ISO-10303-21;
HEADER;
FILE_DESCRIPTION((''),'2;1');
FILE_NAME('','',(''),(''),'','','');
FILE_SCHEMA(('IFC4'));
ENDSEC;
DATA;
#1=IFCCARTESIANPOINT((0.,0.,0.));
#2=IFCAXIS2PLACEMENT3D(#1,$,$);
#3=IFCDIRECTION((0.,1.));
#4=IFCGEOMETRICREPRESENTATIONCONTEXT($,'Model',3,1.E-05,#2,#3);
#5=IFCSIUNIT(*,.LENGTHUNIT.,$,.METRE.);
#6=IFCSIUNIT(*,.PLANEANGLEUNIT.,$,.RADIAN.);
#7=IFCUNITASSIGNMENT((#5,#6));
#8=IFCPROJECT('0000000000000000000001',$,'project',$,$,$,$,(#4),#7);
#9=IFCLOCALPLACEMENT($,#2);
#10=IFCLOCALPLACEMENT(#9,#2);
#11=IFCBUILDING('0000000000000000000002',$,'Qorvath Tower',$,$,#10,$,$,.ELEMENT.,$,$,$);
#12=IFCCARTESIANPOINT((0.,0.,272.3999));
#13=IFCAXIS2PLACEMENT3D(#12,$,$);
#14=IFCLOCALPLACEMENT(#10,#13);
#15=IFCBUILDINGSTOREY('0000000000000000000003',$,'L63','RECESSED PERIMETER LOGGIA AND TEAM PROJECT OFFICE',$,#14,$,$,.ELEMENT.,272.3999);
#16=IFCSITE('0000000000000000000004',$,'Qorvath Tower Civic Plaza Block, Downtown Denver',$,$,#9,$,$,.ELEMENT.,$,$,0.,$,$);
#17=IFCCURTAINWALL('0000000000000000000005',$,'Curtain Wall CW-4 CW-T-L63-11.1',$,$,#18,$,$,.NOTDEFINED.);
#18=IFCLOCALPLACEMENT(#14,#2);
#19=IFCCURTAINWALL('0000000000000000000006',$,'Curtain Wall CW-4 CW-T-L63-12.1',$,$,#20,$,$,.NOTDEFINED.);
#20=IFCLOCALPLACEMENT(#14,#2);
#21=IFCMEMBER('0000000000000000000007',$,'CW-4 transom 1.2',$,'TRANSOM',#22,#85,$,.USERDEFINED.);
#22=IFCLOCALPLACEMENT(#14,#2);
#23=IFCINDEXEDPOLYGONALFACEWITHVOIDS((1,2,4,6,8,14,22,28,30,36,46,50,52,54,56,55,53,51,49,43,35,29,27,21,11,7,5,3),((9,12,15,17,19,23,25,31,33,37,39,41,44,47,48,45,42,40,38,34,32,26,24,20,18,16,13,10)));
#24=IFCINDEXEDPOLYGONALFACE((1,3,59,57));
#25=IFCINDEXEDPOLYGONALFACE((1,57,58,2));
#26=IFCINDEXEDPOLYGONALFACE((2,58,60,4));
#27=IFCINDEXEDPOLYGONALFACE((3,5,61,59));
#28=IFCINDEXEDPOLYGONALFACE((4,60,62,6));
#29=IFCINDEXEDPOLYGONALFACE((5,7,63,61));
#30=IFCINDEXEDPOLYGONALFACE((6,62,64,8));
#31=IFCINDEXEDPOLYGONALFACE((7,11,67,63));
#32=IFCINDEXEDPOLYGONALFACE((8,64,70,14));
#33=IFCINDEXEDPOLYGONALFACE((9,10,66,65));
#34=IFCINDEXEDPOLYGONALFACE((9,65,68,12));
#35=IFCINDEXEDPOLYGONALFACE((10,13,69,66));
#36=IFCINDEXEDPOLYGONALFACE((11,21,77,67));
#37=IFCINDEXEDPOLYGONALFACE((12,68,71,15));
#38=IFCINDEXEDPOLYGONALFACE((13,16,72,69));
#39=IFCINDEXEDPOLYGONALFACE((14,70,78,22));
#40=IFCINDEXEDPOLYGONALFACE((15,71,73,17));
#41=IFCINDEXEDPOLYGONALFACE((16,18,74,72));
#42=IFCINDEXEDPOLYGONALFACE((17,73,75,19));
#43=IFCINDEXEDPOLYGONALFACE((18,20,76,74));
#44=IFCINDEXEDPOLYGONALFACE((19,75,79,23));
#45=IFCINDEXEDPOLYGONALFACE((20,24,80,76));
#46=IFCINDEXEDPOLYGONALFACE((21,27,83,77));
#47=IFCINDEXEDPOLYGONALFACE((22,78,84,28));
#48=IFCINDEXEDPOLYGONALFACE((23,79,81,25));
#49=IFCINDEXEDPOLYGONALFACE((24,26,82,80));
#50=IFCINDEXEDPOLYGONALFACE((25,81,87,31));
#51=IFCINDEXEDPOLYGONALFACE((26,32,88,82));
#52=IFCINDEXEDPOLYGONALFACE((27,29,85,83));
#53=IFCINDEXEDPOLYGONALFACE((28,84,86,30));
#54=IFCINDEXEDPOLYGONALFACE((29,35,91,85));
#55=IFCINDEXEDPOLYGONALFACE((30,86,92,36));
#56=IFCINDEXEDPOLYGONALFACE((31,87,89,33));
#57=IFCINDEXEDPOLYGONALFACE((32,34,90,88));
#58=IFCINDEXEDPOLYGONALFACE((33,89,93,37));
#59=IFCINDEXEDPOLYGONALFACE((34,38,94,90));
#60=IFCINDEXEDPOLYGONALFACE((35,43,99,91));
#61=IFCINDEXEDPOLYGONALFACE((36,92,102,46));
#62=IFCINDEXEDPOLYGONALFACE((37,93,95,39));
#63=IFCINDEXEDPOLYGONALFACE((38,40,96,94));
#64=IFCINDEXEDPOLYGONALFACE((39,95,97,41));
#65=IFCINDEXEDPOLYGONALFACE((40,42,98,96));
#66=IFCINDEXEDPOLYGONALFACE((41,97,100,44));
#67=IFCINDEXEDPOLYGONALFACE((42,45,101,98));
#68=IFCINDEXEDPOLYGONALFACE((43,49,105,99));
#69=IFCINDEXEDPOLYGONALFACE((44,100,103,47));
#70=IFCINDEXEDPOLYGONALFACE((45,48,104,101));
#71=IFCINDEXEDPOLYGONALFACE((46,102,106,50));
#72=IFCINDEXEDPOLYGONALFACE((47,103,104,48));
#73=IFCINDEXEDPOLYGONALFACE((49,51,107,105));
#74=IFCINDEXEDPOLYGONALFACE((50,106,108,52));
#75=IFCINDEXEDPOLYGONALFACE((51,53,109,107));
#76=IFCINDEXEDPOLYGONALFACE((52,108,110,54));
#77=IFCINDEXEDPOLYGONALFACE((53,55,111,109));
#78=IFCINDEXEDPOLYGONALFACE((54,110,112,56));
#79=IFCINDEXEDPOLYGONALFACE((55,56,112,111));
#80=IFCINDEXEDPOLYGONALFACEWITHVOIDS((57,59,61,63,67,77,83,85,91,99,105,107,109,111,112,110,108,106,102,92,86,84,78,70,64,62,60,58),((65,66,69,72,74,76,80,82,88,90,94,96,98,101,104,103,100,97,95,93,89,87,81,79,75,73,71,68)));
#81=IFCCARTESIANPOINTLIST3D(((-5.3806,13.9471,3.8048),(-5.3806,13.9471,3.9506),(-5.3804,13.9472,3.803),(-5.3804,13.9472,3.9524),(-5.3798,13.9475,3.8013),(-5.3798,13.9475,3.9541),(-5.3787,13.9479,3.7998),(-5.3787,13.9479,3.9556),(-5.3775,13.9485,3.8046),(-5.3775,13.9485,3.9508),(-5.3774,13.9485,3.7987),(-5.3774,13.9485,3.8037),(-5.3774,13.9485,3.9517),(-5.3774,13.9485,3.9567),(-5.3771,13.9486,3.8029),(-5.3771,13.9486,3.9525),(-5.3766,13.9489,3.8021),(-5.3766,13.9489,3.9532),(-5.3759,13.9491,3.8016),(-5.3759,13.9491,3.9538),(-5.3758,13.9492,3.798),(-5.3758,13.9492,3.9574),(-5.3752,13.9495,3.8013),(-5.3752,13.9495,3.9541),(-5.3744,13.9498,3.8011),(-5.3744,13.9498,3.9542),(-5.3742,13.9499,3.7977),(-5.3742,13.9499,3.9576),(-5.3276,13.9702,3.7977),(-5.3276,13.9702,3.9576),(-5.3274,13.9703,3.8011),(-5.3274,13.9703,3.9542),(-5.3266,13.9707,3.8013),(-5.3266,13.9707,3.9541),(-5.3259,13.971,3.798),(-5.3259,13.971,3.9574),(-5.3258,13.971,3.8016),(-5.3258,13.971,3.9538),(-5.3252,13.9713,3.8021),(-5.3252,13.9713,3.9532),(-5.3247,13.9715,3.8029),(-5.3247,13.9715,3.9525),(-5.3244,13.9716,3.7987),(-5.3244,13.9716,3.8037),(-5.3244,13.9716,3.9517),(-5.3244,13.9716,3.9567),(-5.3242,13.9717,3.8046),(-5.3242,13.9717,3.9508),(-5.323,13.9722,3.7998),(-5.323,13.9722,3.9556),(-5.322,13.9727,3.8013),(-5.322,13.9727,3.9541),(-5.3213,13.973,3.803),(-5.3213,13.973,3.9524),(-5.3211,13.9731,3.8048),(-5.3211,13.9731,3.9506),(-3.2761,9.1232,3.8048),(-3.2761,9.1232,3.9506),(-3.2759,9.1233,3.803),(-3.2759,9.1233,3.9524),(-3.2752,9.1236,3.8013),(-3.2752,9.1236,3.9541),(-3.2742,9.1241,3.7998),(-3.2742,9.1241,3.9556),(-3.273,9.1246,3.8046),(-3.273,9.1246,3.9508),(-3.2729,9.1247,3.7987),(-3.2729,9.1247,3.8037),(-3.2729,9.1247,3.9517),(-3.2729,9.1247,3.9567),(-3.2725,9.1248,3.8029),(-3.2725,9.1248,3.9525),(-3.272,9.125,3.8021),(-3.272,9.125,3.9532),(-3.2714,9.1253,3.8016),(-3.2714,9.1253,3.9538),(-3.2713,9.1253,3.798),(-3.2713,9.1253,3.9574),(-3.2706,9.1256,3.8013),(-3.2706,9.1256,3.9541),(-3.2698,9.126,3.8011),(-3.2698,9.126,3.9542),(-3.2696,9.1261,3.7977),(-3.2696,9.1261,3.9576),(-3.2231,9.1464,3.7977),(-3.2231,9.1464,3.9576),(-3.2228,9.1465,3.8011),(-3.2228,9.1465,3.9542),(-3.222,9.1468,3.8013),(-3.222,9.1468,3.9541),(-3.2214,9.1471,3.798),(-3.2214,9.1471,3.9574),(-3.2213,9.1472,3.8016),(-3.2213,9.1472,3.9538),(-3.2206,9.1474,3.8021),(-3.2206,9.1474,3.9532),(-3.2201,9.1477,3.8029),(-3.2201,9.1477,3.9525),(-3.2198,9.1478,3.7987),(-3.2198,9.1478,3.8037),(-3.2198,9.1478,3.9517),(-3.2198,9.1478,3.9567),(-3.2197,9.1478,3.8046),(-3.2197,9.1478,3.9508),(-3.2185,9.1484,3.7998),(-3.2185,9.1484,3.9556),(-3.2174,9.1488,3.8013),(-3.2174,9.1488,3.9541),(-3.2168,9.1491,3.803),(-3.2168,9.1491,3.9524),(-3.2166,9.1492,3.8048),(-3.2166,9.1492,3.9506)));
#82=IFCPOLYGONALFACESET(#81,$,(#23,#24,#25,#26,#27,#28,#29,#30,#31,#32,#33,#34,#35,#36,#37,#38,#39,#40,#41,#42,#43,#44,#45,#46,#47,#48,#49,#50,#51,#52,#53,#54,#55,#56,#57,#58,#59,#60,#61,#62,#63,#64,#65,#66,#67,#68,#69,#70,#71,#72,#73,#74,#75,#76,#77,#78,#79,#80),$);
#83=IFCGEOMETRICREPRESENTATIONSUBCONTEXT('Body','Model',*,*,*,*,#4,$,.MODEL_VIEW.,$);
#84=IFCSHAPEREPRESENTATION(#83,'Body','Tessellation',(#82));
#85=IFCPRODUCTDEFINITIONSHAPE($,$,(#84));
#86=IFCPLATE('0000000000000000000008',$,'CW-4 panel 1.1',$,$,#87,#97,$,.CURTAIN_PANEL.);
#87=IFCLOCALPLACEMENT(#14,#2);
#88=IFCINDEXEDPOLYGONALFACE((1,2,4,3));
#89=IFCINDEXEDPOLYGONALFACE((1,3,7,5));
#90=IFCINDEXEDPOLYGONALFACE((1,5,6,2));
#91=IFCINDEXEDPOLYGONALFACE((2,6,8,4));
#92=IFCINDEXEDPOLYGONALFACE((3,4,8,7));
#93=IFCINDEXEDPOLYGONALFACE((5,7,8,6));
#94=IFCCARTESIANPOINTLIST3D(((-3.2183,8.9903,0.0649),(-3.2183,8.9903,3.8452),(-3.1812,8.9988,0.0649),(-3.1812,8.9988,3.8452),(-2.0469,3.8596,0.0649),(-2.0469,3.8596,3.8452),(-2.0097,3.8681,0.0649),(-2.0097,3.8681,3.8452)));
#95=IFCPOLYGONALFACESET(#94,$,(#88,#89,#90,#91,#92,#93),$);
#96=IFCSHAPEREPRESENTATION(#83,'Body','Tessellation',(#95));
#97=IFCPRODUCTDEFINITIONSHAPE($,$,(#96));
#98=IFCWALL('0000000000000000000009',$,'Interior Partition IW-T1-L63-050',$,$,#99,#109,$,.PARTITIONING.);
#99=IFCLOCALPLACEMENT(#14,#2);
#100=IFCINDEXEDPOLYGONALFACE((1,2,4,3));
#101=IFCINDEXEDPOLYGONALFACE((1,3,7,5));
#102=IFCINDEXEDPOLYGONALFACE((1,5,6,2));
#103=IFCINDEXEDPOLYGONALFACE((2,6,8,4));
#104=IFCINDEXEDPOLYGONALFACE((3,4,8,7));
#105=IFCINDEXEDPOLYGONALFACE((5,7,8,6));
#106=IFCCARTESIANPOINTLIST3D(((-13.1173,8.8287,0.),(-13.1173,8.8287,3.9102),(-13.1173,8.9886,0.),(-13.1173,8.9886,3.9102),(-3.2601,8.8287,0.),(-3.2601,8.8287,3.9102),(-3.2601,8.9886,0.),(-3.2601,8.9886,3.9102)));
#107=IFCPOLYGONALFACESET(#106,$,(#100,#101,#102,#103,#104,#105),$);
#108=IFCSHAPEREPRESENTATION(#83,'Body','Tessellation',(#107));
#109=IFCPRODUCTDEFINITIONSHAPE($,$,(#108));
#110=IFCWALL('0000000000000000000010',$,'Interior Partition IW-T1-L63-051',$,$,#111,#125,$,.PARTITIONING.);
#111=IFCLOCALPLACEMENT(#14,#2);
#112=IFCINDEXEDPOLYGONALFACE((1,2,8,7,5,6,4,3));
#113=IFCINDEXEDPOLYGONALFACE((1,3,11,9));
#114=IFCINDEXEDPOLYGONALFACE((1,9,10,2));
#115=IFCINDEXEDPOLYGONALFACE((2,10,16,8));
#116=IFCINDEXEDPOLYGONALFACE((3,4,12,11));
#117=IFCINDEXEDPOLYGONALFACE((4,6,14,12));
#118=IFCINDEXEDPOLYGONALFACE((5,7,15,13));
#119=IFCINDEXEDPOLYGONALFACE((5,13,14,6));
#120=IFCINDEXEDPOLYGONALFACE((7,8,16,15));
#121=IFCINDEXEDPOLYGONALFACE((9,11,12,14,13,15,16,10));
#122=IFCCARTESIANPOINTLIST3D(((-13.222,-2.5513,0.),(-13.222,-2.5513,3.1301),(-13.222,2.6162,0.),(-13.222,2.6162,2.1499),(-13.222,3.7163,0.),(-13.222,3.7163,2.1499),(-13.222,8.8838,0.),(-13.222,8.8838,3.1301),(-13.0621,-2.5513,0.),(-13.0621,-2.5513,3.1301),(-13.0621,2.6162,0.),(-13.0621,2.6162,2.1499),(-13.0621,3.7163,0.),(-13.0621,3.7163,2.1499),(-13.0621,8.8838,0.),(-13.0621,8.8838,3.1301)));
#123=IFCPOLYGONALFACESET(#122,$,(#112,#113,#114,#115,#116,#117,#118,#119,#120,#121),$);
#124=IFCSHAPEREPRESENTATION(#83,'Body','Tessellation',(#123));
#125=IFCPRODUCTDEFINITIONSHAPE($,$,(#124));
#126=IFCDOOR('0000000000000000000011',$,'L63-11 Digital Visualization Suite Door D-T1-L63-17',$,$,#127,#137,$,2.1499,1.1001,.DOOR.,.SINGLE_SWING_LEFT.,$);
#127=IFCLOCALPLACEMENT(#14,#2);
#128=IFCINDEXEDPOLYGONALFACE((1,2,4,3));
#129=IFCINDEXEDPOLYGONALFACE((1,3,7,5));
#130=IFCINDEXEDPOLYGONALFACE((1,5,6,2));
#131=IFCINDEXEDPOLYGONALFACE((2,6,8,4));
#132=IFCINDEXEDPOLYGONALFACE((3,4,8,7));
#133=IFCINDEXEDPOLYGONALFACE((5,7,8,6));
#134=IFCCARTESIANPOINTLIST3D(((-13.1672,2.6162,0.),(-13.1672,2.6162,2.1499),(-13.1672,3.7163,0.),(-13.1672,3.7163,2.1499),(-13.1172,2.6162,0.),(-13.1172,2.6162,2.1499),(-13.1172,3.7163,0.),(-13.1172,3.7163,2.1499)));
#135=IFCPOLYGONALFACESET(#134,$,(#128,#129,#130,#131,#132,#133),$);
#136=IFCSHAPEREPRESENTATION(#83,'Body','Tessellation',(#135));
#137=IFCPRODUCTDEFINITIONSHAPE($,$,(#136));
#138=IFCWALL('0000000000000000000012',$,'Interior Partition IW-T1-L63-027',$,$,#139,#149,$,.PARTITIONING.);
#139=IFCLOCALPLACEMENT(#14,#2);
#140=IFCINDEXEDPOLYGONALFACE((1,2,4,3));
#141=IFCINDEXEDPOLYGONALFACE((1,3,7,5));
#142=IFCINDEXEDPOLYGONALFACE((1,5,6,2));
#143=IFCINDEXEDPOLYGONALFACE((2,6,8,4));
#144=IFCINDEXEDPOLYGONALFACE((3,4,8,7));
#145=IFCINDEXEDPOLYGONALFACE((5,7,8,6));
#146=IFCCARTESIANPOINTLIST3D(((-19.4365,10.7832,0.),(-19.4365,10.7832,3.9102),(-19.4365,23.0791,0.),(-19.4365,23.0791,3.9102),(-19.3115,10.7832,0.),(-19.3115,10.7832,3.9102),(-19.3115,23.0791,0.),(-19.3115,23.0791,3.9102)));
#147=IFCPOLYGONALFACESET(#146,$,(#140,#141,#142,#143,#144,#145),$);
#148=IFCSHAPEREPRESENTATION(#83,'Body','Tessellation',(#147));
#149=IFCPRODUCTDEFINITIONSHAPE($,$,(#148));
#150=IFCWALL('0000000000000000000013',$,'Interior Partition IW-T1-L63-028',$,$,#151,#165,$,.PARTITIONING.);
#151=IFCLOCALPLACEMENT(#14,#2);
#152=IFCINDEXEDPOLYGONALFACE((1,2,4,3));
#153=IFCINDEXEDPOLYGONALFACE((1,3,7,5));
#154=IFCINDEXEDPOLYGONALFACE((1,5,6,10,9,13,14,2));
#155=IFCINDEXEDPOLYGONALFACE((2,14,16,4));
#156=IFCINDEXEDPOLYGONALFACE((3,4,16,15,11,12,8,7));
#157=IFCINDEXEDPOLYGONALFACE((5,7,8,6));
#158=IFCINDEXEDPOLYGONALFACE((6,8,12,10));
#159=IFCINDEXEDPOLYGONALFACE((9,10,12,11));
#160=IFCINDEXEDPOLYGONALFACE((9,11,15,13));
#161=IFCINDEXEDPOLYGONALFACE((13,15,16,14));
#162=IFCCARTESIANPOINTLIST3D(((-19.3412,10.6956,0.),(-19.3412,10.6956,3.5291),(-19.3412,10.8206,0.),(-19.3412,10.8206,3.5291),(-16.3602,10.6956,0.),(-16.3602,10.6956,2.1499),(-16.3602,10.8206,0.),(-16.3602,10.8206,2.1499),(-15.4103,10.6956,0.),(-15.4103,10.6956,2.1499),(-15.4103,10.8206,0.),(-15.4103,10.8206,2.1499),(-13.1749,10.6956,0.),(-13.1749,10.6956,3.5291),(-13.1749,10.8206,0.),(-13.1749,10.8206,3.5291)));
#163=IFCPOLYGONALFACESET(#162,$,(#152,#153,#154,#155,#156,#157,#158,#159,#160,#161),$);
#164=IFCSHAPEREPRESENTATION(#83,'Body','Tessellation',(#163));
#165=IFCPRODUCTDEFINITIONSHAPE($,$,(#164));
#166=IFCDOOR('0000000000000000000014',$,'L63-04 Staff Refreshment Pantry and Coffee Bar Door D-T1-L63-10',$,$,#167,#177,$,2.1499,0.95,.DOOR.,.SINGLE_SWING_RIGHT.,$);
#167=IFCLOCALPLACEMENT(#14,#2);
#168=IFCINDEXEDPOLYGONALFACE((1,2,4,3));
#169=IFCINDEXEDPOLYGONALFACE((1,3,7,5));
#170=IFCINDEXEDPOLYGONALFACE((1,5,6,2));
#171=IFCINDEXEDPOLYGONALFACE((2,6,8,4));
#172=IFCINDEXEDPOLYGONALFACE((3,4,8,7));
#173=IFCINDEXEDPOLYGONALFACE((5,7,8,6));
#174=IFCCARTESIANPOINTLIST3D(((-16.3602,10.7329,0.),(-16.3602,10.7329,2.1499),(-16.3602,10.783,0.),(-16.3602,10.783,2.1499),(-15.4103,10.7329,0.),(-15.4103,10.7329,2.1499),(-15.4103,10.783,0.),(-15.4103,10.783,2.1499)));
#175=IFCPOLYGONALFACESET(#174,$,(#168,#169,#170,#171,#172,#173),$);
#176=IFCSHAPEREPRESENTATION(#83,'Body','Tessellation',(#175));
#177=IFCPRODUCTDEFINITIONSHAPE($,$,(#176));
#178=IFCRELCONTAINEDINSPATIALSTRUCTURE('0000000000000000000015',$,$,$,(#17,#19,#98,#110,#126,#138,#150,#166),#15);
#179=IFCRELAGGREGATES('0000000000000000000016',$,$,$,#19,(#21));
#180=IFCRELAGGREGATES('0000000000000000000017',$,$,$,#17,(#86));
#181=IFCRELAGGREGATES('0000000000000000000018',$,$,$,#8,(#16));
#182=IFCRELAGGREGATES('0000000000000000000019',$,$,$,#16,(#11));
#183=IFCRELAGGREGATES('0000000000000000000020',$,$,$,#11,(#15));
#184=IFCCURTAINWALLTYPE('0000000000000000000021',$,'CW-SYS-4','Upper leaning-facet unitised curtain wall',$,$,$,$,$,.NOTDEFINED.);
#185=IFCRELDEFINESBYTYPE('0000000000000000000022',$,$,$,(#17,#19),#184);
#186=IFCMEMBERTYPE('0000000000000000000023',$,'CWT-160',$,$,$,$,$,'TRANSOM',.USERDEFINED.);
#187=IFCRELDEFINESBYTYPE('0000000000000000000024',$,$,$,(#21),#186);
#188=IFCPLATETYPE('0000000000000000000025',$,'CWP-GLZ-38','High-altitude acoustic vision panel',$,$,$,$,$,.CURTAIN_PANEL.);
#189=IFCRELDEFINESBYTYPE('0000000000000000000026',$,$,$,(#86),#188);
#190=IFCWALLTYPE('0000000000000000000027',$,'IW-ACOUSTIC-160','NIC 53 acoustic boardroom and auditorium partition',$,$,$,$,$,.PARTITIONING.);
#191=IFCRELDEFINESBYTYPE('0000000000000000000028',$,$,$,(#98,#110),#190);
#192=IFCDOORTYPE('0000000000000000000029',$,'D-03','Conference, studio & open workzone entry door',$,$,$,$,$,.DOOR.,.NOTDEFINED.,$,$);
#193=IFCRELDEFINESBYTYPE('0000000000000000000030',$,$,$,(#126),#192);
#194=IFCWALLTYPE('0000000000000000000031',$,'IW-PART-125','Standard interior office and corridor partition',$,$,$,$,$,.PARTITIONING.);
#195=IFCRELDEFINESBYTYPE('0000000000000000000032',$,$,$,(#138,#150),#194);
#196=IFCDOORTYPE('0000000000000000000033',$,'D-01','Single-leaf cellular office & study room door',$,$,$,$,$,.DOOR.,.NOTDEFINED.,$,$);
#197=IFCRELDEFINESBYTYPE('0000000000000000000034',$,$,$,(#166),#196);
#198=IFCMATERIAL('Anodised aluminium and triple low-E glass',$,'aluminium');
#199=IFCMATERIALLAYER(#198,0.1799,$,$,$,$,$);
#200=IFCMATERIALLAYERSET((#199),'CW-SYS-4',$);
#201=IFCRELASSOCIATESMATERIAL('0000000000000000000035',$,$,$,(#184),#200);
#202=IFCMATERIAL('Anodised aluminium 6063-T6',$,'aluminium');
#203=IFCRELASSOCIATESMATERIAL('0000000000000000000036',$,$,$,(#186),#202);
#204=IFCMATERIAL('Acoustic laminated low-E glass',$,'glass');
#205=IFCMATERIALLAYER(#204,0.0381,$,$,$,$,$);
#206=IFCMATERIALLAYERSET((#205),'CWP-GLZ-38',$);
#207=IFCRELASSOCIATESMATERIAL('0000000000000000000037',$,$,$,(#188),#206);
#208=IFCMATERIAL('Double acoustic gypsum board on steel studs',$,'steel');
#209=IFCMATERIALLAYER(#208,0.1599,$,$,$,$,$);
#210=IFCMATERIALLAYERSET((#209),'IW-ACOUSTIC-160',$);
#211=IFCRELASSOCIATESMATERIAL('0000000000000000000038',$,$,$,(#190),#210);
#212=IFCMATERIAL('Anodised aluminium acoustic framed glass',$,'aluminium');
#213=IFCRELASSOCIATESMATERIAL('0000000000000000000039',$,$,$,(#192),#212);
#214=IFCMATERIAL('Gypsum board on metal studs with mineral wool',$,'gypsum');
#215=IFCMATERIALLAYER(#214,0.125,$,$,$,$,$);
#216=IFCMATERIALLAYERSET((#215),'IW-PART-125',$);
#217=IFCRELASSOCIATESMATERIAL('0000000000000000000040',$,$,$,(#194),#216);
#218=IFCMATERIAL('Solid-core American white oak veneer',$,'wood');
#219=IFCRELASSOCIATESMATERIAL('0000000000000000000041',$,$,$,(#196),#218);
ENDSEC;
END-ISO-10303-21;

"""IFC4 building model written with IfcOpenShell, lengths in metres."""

from ifc_helpers import new_model, si_unit, direction, frame, frame_2d, origin, origin_2d, place, context, subcontext, project, spatial, rectangle, hollow_rectangle, extrude, material, layer, layer_set, material_profile, profile_set, type_object, element, fill, aggregate, save


model = new_model("IFC4")

# Units and contexts
model_context = context("Model", 3, precision=1e-05, world=origin(), true_north=direction((0.0, 1.0)))
body_context = subcontext(model_context, "Body", "Model", "MODEL_VIEW")
ifc_project = project(units=[si_unit("LENGTHUNIT", "METRE"), si_unit("PLANEANGLEUNIT", "RADIAN")], contexts=[model_context])

# Site, building, storey
site_placement = place(None, origin())
site = spatial("IfcSite", under=ifc_project, at=site_placement, Name="Qorvath Tower Civic Plaza Block, Downtown Denver", CompositionType="ELEMENT", RefElevation=0.0)
building_placement = place(site_placement, origin())
building = spatial("IfcBuilding", under=site, at=building_placement, Name="Qorvath Tower", CompositionType="ELEMENT")
storey_placement = place(building_placement, frame((0.0, 0.0, 272.3999)))
storey = spatial("IfcBuildingStorey", under=building, at=storey_placement, Name="L63", Description="RECESSED PERIMETER LOGGIA AND TEAM PROJECT OFFICE", CompositionType="ELEMENT", Elevation=272.3999)

# Shared definitions
ifc_material_1 = material(Name="Anodised aluminium and triple low-E glass", Category="aluminium")
ifc_layer_1 = layer(ifc_material_1, 0.1799)
ifc_layer_set_1 = layer_set([ifc_layer_1], Name="CW-SYS-4")
curtain_wall_type = type_object("IfcCurtainWallType", Name="CW-SYS-4", Description="Upper leaning-facet unitised curtain wall", PredefinedType="NOTDEFINED", material=ifc_layer_set_1)

# Curtain wall
curtain_wall_1_placement = place(storey_placement, origin())
curtain_wall_1 = element("IfcCurtainWall", 1, at=curtain_wall_1_placement, inside=storey, type_object=curtain_wall_type, Name="Curtain Wall CW-4 CW-T-L63-11.1", PredefinedType="NOTDEFINED")

# Curtain wall
curtain_wall_2_placement = place(storey_placement, origin())
curtain_wall_2 = element("IfcCurtainWall", 2, at=curtain_wall_2_placement, inside=storey, type_object=curtain_wall_type, Name="Curtain Wall CW-4 CW-T-L63-12.1", PredefinedType="NOTDEFINED")

# Member
ifc_material_2 = material(Name="Anodised aluminium 6063-T6", Category="aluminium")
ifc_material_profile_1 = material_profile(ifc_material_2, hollow_rectangle(XDim=0.0649, YDim=0.1599, WallThickness=0.0034, InnerFilletRadius=0.0034, OuterFilletRadius=0.0071, at=origin_2d()), Name="CWT 160x65")
ifc_profile_set_1 = profile_set([ifc_material_profile_1], Name="Anodised aluminium 6063-T6")
member_type_1 = type_object("IfcMemberType", Name="CWT-160", ElementType="TRANSOM", PredefinedType="USERDEFINED", material=ifc_profile_set_1)
member_1_placement = place(storey_placement, frame((-3.2463, 9.1362, 3.8777), z_axis=(-0.399879, 0.916568, 0.0), x_axis=(-0.916568, -0.399879, 0.0)))
member_1 = element("IfcMember", 3, at=member_1_placement, type_object=member_type_1, Name="CW-4 transom 1.2", ObjectType="TRANSOM", PredefinedType="USERDEFINED", context=body_context, shape_type="SweptSolid", body=[
    extrude(hollow_rectangle(XDim=0.0649, YDim=0.1599, WallThickness=0.0034, InnerFilletRadius=0.0034, OuterFilletRadius=0.0071, at=origin_2d()), origin(), (0.0, 0.0, 1.0), 5.2629),
])
aggregate(curtain_wall_2, [member_1])

# Plate
ifc_material_3 = material(Name="Acoustic laminated low-E glass", Category="glass")
ifc_layer_2 = layer(ifc_material_3, 0.0381)
ifc_layer_set_2 = layer_set([ifc_layer_2], Name="CWP-GLZ-38")
plate_type = type_object("IfcPlateType", Name="CWP-GLZ-38", Description="High-altitude acoustic vision panel", PredefinedType="CURTAIN_PANEL", material=ifc_layer_set_2)
plate_placement = place(storey_placement, frame((-2.614, 6.4292, 0.0649), z_axis=(0.0, 0.0, 1.0), x_axis=(-0.222592, 0.974912, 0.0)))
plate = element("IfcPlate", 4, at=plate_placement, type_object=plate_type, Name="CW-4 panel 1.1", PredefinedType="CURTAIN_PANEL", context=body_context, shape_type="SweptSolid", body=[
    extrude(rectangle(XDim=5.2627, YDim=0.0381, at=origin_2d()), origin(), (0.0, 0.0, 1.0), 3.7803),
])
aggregate(curtain_wall_1, [plate])

# Wall
ifc_material_4 = material(Name="Double acoustic gypsum board on steel studs", Category="steel")
ifc_layer_3 = layer(ifc_material_4, 0.1599)
ifc_layer_set_3 = layer_set([ifc_layer_3], Name="IW-ACOUSTIC-160")
wall_type_1 = type_object("IfcWallType", Name="IW-ACOUSTIC-160", Description="NIC 53 acoustic boardroom and auditorium partition", PredefinedType="PARTITIONING", material=ifc_layer_set_3)
wall_1_placement = place(storey_placement, frame((-3.26, 8.9087, 0.0), z_axis=(0.0, 0.0, 1.0), x_axis=(-1.0, 0.0, 0.0)))
element("IfcWall", 5, at=wall_1_placement, inside=storey, type_object=wall_type_1, Name="Interior Partition IW-T1-L63-050", PredefinedType="PARTITIONING", context=body_context, shape_type="SweptSolid", body=[
    extrude(rectangle(XDim=9.8572, YDim=0.1599, at=frame_2d((4.9287, 0.0))), origin(), (0.0, 0.0, 1.0), 3.9102),
])

# Wall, opening, door
wall_2_placement = place(storey_placement, frame((-13.1421, 8.8838, 0.0), z_axis=(0.0, 0.0, 1.0), x_axis=(0.0, -1.0, 0.0)))
wall_2 = element("IfcWall", 6, at=wall_2_placement, inside=storey, type_object=wall_type_1, Name="Interior Partition IW-T1-L63-051", PredefinedType="PARTITIONING", context=body_context, shape_type="SweptSolid", body=[
    extrude(rectangle(XDim=11.4351, YDim=0.1599, at=frame_2d((5.7175, 0.0))), origin(), (0.0, 0.0, 1.0), 3.1301),
])
opening_1_placement = place(wall_2_placement, frame((5.1675, 0.0, 0.0)))
opening_1 = element("IfcOpeningElement", 7, at=opening_1_placement, cuts=wall_2, PredefinedType="OPENING", context=body_context, shape_type="SweptSolid", body=[
    extrude(rectangle(XDim=1.1001, YDim=2.1499, at=frame_2d((0.55, 1.075))), frame((0.0, 0.0898, 0.0), z_axis=(0.0, -1.0, 0.0), x_axis=(1.0, 0.0, 0.0)), (0.0, 0.0, 1.0), 0.1799),
])
ifc_material_5 = material(Name="Anodised aluminium acoustic framed glass", Category="aluminium")
door_type_1 = type_object("IfcDoorType", Name="D-03", Description="Conference, studio & open workzone entry door", OperationType="NOTDEFINED", PredefinedType="DOOR", material=ifc_material_5)
door_1_placement = place(opening_1_placement, origin())
door_1 = element("IfcDoor", 8, at=door_1_placement, inside=storey, type_object=door_type_1, Name="L63-11 Digital Visualization Suite Door D-T1-L63-17", OperationType="SINGLE_SWING_LEFT", OverallHeight=2.1499, OverallWidth=1.1001, PredefinedType="DOOR", context=body_context, shape_type="SweptSolid", body=[
    extrude(rectangle(XDim=1.1001, YDim=2.1499, at=frame_2d((0.55, 1.075))), frame((0.0, 0.0249, 0.0), z_axis=(0.0, -1.0, 0.0), x_axis=(1.0, 0.0, 0.0)), (0.0, 0.0, 1.0), 0.05),
])
fill(opening_1, door_1)

# Wall
ifc_material_6 = material(Name="Gypsum board on metal studs with mineral wool", Category="gypsum")
ifc_layer_4 = layer(ifc_material_6, 0.125)
ifc_layer_set_4 = layer_set([ifc_layer_4], Name="IW-PART-125")
wall_type_2 = type_object("IfcWallType", Name="IW-PART-125", Description="Standard interior office and corridor partition", PredefinedType="PARTITIONING", material=ifc_layer_set_4)
wall_3_placement = place(storey_placement, frame((-19.374, 10.7832, 0.0), z_axis=(0.0, 0.0, 1.0), x_axis=(0.0, 1.0, 0.0)))
element("IfcWall", 9, at=wall_3_placement, inside=storey, type_object=wall_type_2, Name="Interior Partition IW-T1-L63-027", PredefinedType="PARTITIONING", context=body_context, shape_type="SweptSolid", body=[
    extrude(rectangle(XDim=12.2959, YDim=0.125, at=frame_2d((6.1479, 0.0))), origin(), (0.0, 0.0, 1.0), 3.9102),
])

# Wall, opening, door
wall_4_placement = place(storey_placement, frame((-19.3411, 10.7581, 0.0), z_axis=(0.0, 0.0, 1.0), x_axis=(1.0, 0.0, 0.0)))
wall_4 = element("IfcWall", 10, at=wall_4_placement, inside=storey, type_object=wall_type_2, Name="Interior Partition IW-T1-L63-028", PredefinedType="PARTITIONING", context=body_context, shape_type="SweptSolid", body=[
    extrude(rectangle(XDim=6.1663, YDim=0.125, at=frame_2d((3.083, 0.0))), origin(), (0.0, 0.0, 1.0), 3.5291),
])
opening_2_placement = place(wall_4_placement, frame((2.9807, 0.0, 0.0)))
opening_2 = element("IfcOpeningElement", 11, at=opening_2_placement, cuts=wall_4, PredefinedType="OPENING", context=body_context, shape_type="SweptSolid", body=[
    extrude(rectangle(XDim=0.95, YDim=2.1499, at=frame_2d((0.4751, 1.075))), frame((0.0, 0.0725, 0.0), z_axis=(0.0, -1.0, 0.0), x_axis=(1.0, 0.0, 0.0)), (0.0, 0.0, 1.0), 0.145),
])
ifc_material_7 = material(Name="Solid-core American white oak veneer", Category="wood")
door_type_2 = type_object("IfcDoorType", Name="D-01", Description="Single-leaf cellular office & study room door", OperationType="NOTDEFINED", PredefinedType="DOOR", material=ifc_material_7)
door_2_placement = place(opening_2_placement, origin())
door_2 = element("IfcDoor", 12, at=door_2_placement, inside=storey, type_object=door_type_2, Name="L63-04 Staff Refreshment Pantry and Coffee Bar Door D-T1-L63-10", OperationType="SINGLE_SWING_RIGHT", OverallHeight=2.1499, OverallWidth=0.95, PredefinedType="DOOR", context=body_context, shape_type="SweptSolid", body=[
    extrude(rectangle(XDim=0.95, YDim=2.1499, at=frame_2d((0.4751, 1.075))), frame((0.0, 0.0249, 0.0), z_axis=(0.0, -1.0, 0.0), x_axis=(1.0, 0.0, 0.0)), (0.0, 0.0, 1.0), 0.05),
])
fill(opening_2, door_2)

save(model, "model.ifc")
